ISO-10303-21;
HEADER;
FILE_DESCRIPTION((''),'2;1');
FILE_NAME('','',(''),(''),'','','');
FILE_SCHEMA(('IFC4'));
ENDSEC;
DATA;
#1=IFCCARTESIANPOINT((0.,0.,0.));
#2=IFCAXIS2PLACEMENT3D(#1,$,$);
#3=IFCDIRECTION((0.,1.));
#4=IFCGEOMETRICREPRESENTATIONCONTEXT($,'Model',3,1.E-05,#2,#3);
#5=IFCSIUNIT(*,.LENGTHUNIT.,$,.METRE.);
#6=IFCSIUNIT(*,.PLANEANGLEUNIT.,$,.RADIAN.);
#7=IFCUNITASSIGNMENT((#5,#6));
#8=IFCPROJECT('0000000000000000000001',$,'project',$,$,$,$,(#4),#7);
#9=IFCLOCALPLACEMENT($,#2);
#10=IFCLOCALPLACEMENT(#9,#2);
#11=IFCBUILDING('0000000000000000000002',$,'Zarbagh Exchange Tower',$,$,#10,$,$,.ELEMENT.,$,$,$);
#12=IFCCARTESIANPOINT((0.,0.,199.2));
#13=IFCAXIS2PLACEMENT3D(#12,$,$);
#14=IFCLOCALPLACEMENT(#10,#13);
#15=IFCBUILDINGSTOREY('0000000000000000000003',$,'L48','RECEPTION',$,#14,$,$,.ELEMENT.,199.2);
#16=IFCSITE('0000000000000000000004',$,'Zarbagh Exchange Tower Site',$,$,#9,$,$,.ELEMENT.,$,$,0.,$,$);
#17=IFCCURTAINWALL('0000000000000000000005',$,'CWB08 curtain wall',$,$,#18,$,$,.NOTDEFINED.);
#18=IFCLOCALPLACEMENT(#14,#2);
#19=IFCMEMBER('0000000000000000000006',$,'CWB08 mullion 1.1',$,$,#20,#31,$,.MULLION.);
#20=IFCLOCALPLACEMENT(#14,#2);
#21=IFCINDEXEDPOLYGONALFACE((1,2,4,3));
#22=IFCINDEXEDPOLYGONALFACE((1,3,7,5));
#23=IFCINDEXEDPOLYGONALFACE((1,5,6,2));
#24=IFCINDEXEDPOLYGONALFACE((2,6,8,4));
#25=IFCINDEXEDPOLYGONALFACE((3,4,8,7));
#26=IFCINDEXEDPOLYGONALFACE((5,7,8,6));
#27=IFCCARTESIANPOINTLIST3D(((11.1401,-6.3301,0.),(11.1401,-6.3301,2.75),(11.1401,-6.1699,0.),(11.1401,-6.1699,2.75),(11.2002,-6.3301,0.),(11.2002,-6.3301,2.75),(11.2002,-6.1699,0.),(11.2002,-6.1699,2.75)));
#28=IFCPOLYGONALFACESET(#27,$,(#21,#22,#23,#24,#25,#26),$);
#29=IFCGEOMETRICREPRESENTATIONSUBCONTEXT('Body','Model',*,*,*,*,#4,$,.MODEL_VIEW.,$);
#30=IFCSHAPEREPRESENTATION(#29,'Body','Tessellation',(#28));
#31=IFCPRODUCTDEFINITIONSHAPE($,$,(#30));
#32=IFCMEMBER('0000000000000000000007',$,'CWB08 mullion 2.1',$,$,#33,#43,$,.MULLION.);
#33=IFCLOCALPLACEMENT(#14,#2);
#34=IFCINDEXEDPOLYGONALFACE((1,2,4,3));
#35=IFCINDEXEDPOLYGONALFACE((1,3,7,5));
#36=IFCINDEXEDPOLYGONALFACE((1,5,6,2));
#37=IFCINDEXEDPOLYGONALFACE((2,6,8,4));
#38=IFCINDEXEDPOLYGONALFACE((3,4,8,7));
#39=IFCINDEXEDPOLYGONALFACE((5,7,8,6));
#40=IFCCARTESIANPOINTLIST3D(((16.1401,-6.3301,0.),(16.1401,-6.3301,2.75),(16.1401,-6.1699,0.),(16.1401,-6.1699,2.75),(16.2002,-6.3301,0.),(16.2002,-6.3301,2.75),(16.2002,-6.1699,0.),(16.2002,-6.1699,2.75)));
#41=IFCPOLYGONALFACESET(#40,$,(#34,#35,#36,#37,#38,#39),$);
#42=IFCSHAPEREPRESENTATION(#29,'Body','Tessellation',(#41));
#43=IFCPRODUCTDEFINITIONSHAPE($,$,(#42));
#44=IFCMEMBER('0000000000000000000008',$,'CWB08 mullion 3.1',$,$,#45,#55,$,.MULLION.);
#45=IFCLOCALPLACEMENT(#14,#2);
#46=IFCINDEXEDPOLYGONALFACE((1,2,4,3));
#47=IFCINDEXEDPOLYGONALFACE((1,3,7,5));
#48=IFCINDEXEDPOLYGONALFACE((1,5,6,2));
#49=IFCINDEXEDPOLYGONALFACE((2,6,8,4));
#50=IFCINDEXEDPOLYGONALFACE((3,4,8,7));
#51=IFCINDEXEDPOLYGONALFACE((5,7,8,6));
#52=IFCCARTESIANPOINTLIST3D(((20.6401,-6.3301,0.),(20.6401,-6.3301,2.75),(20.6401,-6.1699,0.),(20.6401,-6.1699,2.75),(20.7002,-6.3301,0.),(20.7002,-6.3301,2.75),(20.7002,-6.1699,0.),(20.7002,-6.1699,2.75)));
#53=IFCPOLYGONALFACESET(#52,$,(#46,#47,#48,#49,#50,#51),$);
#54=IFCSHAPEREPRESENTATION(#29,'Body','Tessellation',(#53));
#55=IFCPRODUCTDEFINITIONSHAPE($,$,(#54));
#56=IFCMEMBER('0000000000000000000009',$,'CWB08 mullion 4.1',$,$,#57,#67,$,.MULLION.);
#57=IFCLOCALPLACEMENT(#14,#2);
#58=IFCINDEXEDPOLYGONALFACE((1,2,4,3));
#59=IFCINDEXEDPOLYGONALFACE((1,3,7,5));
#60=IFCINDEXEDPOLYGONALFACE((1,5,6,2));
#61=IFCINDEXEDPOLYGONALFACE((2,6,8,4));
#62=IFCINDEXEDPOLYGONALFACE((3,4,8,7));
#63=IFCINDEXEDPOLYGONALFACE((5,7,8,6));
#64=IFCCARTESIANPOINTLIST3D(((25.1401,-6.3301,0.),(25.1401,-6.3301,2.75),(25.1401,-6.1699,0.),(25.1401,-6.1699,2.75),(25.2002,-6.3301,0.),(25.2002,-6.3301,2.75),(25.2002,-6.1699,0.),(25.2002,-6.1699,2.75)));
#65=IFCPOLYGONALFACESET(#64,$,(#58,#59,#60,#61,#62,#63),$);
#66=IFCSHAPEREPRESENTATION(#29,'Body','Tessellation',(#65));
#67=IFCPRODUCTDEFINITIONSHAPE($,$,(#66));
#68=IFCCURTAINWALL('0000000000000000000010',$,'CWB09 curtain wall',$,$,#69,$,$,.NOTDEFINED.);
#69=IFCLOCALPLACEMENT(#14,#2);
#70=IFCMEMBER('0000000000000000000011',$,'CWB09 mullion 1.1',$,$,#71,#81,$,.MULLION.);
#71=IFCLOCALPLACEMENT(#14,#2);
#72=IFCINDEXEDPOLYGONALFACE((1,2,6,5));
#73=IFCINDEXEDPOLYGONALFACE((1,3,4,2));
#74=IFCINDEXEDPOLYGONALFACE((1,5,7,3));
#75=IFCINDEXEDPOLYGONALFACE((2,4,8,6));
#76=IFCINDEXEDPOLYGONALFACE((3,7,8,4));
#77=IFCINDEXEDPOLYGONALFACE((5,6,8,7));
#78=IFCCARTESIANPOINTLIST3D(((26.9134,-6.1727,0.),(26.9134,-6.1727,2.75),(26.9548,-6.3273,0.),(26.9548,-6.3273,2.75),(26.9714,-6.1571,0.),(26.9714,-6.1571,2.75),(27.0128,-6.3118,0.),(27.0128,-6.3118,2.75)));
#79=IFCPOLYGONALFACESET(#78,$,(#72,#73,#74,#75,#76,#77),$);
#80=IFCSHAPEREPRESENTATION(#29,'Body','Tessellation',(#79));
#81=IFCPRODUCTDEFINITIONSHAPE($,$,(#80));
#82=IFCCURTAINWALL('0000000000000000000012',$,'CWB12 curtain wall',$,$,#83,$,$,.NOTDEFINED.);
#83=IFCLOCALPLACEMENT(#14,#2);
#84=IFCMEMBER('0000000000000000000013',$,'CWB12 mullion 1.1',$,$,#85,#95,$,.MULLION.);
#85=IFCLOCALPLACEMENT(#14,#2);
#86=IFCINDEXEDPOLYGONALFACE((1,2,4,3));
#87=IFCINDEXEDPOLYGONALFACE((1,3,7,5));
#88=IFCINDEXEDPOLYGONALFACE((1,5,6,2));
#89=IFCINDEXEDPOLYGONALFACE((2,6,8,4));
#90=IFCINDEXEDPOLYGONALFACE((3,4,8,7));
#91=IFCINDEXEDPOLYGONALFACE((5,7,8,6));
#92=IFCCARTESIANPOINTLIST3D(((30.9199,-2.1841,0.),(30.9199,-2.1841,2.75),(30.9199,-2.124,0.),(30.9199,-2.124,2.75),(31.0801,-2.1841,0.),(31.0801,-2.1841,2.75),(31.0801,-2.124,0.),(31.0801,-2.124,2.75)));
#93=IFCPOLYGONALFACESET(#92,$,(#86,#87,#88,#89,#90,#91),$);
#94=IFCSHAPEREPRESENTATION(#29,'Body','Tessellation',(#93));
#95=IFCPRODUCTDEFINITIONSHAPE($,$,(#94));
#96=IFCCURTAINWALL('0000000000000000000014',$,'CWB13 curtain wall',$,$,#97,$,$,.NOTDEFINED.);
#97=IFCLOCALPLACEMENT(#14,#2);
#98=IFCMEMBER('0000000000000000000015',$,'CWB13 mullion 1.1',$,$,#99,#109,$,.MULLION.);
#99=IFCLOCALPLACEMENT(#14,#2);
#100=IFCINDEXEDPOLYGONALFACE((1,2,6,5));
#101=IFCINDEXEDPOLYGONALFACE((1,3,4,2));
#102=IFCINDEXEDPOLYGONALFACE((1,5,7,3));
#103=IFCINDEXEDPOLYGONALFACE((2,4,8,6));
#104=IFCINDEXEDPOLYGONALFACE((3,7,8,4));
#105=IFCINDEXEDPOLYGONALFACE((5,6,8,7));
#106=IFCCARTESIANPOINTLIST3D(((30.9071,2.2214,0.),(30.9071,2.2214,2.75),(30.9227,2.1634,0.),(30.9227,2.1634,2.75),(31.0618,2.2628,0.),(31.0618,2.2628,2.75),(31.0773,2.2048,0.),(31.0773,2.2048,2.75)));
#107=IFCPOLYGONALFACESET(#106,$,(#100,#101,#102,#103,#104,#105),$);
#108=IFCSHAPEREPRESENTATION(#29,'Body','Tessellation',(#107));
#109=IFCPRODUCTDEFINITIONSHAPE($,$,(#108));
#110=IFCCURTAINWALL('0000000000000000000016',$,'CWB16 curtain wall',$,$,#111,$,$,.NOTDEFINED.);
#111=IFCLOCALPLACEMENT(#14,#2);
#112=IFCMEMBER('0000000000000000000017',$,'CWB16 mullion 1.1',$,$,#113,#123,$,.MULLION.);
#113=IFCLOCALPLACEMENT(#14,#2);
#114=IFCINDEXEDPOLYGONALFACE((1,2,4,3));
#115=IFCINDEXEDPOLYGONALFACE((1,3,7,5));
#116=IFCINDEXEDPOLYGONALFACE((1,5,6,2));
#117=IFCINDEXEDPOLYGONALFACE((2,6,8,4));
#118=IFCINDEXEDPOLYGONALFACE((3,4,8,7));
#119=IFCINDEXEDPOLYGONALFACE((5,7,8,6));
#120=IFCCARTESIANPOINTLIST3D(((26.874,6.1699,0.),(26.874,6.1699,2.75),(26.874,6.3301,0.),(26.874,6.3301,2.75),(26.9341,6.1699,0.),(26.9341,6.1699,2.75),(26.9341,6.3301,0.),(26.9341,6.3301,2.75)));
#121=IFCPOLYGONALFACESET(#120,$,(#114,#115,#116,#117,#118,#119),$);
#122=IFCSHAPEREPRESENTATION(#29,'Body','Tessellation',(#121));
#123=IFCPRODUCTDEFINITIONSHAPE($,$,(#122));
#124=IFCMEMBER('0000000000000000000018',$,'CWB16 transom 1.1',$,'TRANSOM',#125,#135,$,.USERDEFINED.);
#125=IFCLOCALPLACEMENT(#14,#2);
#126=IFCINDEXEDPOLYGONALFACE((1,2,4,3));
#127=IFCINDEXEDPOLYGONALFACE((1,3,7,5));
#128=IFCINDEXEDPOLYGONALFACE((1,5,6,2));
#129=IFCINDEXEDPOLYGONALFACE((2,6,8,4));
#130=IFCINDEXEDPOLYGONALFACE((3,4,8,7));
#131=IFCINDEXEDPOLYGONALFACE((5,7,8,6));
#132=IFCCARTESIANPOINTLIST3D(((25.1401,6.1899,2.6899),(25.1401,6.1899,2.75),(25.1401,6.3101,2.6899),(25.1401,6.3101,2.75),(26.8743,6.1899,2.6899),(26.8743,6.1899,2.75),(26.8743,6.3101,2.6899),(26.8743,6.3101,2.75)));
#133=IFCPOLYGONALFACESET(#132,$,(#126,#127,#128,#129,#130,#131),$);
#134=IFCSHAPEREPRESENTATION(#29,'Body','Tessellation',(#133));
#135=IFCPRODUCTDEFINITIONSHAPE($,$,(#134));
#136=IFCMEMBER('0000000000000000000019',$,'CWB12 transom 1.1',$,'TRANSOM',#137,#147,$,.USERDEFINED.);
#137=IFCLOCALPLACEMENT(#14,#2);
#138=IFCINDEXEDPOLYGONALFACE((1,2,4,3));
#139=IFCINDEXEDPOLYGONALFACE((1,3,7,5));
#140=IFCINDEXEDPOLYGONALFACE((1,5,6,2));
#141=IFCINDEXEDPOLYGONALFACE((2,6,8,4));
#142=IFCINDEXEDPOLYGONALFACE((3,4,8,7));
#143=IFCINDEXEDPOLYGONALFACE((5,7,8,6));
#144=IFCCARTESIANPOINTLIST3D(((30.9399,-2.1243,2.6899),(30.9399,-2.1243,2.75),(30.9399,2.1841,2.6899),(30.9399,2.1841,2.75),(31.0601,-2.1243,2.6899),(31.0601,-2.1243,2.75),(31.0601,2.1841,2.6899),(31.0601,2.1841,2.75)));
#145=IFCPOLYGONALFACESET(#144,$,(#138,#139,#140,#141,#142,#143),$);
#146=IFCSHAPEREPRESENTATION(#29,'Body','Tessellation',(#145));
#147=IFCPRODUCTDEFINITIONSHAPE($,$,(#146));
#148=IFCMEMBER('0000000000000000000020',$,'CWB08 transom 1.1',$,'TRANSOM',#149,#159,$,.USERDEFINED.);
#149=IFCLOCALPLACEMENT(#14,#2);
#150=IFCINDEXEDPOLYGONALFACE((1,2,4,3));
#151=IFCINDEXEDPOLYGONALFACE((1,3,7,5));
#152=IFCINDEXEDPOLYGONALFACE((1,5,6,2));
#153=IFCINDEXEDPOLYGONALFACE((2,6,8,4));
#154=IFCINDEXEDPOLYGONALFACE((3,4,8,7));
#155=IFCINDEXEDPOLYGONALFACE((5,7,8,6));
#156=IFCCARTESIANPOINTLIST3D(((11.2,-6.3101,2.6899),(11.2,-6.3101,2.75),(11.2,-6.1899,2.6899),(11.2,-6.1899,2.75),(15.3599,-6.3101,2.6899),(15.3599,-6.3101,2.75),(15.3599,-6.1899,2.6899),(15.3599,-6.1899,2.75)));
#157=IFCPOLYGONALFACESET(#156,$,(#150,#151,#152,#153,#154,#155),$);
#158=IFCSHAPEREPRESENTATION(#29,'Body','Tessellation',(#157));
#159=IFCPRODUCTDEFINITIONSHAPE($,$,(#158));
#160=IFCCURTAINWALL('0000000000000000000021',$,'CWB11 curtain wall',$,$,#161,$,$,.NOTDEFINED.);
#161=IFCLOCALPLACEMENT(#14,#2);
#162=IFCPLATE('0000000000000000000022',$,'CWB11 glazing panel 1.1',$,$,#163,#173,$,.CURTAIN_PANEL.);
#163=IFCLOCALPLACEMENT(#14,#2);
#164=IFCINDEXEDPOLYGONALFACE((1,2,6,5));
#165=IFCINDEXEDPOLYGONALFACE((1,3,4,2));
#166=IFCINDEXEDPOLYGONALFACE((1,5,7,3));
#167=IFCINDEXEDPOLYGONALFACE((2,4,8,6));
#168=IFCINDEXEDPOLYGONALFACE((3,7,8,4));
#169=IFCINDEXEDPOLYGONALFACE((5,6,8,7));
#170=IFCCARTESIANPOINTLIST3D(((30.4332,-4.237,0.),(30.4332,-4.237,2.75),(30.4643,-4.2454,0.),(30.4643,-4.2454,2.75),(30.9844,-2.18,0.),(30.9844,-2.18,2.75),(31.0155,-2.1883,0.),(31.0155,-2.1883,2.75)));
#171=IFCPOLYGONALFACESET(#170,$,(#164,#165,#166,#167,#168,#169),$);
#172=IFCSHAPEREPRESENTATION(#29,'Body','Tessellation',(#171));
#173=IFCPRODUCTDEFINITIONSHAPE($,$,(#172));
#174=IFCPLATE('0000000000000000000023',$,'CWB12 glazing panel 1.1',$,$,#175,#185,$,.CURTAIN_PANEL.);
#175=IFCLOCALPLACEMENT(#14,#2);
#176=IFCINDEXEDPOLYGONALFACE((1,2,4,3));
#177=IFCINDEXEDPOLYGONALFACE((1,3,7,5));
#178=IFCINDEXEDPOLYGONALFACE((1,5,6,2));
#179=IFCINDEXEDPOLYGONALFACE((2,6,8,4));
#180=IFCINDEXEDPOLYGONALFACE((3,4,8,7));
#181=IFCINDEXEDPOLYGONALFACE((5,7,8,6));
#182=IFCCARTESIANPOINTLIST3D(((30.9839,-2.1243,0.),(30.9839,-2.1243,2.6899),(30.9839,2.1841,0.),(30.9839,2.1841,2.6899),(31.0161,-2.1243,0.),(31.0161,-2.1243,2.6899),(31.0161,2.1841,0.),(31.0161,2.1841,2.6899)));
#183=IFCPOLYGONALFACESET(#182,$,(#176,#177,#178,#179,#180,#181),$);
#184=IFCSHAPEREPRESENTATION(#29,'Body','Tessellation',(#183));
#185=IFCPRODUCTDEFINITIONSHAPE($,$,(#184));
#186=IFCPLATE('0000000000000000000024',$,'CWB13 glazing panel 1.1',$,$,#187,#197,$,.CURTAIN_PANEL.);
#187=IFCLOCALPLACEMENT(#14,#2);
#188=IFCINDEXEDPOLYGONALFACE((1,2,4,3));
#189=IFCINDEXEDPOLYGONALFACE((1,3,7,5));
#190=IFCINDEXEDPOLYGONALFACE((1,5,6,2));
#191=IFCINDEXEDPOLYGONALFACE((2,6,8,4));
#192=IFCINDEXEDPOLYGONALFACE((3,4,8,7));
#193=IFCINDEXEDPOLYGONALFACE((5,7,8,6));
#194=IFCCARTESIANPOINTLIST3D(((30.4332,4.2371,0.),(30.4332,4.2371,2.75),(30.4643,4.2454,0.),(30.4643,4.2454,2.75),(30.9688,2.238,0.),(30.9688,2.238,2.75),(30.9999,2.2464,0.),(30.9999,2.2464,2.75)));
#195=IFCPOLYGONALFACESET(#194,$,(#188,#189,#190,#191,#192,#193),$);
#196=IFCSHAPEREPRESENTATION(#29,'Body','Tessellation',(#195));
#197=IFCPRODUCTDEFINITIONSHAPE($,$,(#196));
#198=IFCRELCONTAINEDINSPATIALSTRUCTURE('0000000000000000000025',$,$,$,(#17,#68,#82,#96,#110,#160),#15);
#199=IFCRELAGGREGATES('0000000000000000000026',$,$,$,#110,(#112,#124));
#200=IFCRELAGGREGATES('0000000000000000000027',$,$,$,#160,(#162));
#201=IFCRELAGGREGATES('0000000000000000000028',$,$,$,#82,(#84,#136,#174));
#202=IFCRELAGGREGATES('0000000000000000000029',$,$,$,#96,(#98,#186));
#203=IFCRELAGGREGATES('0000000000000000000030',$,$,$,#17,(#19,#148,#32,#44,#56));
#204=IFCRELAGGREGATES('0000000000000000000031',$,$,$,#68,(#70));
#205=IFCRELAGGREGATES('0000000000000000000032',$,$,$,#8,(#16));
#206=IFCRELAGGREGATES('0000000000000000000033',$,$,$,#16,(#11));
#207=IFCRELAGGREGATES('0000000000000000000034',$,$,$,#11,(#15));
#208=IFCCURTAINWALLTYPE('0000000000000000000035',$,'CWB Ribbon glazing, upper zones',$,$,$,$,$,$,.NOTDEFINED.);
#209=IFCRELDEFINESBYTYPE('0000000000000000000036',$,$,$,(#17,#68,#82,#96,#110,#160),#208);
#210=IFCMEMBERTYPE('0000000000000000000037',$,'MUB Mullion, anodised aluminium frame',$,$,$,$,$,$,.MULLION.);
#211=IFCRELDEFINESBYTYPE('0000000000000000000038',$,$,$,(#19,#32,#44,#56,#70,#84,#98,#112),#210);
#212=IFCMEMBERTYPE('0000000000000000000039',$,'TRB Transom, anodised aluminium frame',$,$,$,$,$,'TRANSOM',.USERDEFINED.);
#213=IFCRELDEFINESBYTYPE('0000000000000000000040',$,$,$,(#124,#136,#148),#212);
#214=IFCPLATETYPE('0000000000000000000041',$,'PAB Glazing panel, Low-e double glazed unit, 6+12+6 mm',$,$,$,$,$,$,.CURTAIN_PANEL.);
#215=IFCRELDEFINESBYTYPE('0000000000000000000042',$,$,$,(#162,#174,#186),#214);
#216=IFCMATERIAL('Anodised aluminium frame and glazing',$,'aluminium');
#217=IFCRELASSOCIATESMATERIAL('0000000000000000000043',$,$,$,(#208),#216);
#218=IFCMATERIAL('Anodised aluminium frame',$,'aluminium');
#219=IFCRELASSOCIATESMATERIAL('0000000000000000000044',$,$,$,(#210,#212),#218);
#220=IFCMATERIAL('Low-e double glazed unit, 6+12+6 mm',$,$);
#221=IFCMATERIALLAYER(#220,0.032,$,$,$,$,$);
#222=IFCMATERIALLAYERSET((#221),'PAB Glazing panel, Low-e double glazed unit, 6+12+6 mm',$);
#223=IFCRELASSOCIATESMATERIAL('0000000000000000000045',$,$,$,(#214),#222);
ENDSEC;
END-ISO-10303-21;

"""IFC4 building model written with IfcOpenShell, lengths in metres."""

from ifc_helpers import new_model, si_unit, direction, frame, origin, place, context, subcontext, project, spatial, polyline, outline, extrude, source, transform, mapped, material, layer, layer_set, type_object, element, aggregate, save


model = new_model("IFC4")

# Units and contexts
model_context = context("Model", 3, precision=1e-05, world=origin(), true_north=direction((0.0, 1.0)))
body_context = subcontext(model_context, "Body", "Model", "MODEL_VIEW")
ifc_project = project(units=[si_unit("LENGTHUNIT", "METRE"), si_unit("PLANEANGLEUNIT", "RADIAN")], contexts=[model_context])

# Site, building, storey
site_placement = place(None, origin())
site = spatial("IfcSite", under=ifc_project, at=site_placement, Name="Zarbagh Exchange Tower Site", CompositionType="ELEMENT", RefElevation=0.0)
building_placement = place(site_placement, origin())
building = spatial("IfcBuilding", under=site, at=building_placement, Name="Zarbagh Exchange Tower", CompositionType="ELEMENT")
storey_placement = place(building_placement, frame((0.0, 0.0, 199.2)))
storey = spatial("IfcBuildingStorey", under=building, at=storey_placement, Name="L48", Description="RECEPTION", CompositionType="ELEMENT", Elevation=199.2)

# Curtain wall, members
ifc_material_1 = material(Name="Anodised aluminium frame and glazing", Category="aluminium")
curtain_wall_type = type_object("IfcCurtainWallType", Name="CWB Ribbon glazing, upper zones", PredefinedType="NOTDEFINED", material=ifc_material_1)
curtain_wall_1_placement = place(storey_placement, origin())
curtain_wall_1 = element("IfcCurtainWall", 1, at=curtain_wall_1_placement, inside=storey, type_object=curtain_wall_type, Name="CWB08 curtain wall", PredefinedType="NOTDEFINED")
ifc_material_2 = material(Name="Anodised aluminium frame", Category="aluminium")
member_type_1 = type_object("IfcMemberType", Name="MUB Mullion, anodised aluminium frame", PredefinedType="MULLION", material=ifc_material_2)
shared_shape_1 = source(origin(), body_context, "Body", "SweptSolid", [
    extrude(outline(polyline([(0.0, -0.0801), (0.0601, -0.0801), (0.0601, 0.0801), (0.0, 0.0801), (0.0, -0.0801)])), origin(), (0.0, 0.0, 1.0), 2.75),
])
placement = place(storey_placement, origin())
member_1 = element("IfcMember", 2, at=placement, type_object=member_type_1, Name="CWB08 mullion 1.1", PredefinedType="MULLION", context=body_context, shape_type="MappedRepresentation", body=[
    mapped(shared_shape_1, transform((11.1401, -6.25, 0.0), x_axis=(1.0, 0.0, 0.0), y_axis=(0.0, 1.0, 0.0), z_axis=(0.0, 0.0, 1.0))),
])
member_2 = element("IfcMember", 3, at=placement, type_object=member_type_1, Name="CWB08 mullion 2.1", PredefinedType="MULLION", context=body_context, shape_type="MappedRepresentation", body=[
    mapped(shared_shape_1, transform((16.1401, -6.25, 0.0), x_axis=(1.0, 0.0, 0.0), y_axis=(0.0, 1.0, 0.0), z_axis=(0.0, 0.0, 1.0))),
])
member_3 = element("IfcMember", 4, at=placement, type_object=member_type_1, Name="CWB08 mullion 3.1", PredefinedType="MULLION", context=body_context, shape_type="MappedRepresentation", body=[
    mapped(shared_shape_1, transform((20.6401, -6.25, 0.0), x_axis=(1.0, 0.0, 0.0), y_axis=(0.0, 1.0, 0.0), z_axis=(0.0, 0.0, 1.0))),
])
member_4 = element("IfcMember", 5, at=placement, type_object=member_type_1, Name="CWB08 mullion 4.1", PredefinedType="MULLION", context=body_context, shape_type="MappedRepresentation", body=[
    mapped(shared_shape_1, transform((25.1401, -6.25, 0.0), x_axis=(1.0, 0.0, 0.0), y_axis=(0.0, 1.0, 0.0), z_axis=(0.0, 0.0, 1.0))),
])

# Curtain walls, members
curtain_wall_2_placement = place(storey_placement, origin())
curtain_wall_2 = element("IfcCurtainWall", 6, at=curtain_wall_2_placement, inside=storey, type_object=curtain_wall_type, Name="CWB09 curtain wall", PredefinedType="NOTDEFINED")
member_5 = element("IfcMember", 7, at=placement, type_object=member_type_1, Name="CWB09 mullion 1.1", PredefinedType="MULLION", context=body_context, shape_type="MappedRepresentation", body=[
    mapped(shared_shape_1, transform((26.9341, -6.25, 0.0), x_axis=(0.965924, 0.258825, 0.0), y_axis=(-0.258825, 0.965924, 0.0), z_axis=(0.0, 0.0, 1.0))),
])
curtain_wall_3_placement = place(storey_placement, origin())
curtain_wall_3 = element("IfcCurtainWall", 8, at=curtain_wall_3_placement, inside=storey, type_object=curtain_wall_type, Name="CWB12 curtain wall", PredefinedType="NOTDEFINED")
member_6 = element("IfcMember", 9, at=placement, type_object=member_type_1, Name="CWB12 mullion 1.1", PredefinedType="MULLION", context=body_context, shape_type="MappedRepresentation", body=[
    mapped(shared_shape_1, transform((31.0, -2.1841, 0.0), x_axis=(0.0, 1.0, 0.0), y_axis=(-1.0, 0.0, 0.0), z_axis=(0.0, 0.0, 1.0))),
])
curtain_wall_4_placement = place(storey_placement, origin())
curtain_wall_4 = element("IfcCurtainWall", 10, at=curtain_wall_4_placement, inside=storey, type_object=curtain_wall_type, Name="CWB13 curtain wall", PredefinedType="NOTDEFINED")
member_7 = element("IfcMember", 11, at=placement, type_object=member_type_1, Name="CWB13 mullion 1.1", PredefinedType="MULLION", context=body_context, shape_type="MappedRepresentation", body=[
    mapped(shared_shape_1, transform((31.0, 2.1841, 0.0), x_axis=(-0.258825, 0.965924, 0.0), y_axis=(-0.965924, -0.258825, 0.0), z_axis=(0.0, 0.0, 1.0))),
])

# Curtain wall, members
curtain_wall_5_placement = place(storey_placement, origin())
curtain_wall_5 = element("IfcCurtainWall", 12, at=curtain_wall_5_placement, inside=storey, type_object=curtain_wall_type, Name="CWB16 curtain wall", PredefinedType="NOTDEFINED")
member_8 = element("IfcMember", 13, at=placement, type_object=member_type_1, Name="CWB16 mullion 1.1", PredefinedType="MULLION", context=body_context, shape_type="MappedRepresentation", body=[
    mapped(shared_shape_1, transform((26.9341, 6.25, 0.0), x_axis=(-1.0, 0.0, 0.0), y_axis=(0.0, -1.0, 0.0), z_axis=(0.0, 0.0, 1.0))),
])
member_type_2 = type_object("IfcMemberType", Name="TRB Transom, anodised aluminium frame", ElementType="TRANSOM", PredefinedType="USERDEFINED", material=ifc_material_2)
shared_shape_2 = source(origin(), body_context, "Body", "SweptSolid", [
    extrude(outline(polyline([(-0.0601, -0.0601), (0.0, -0.0601), (0.0, 0.0601), (-0.0601, 0.0601), (-0.0601, -0.0601)])), origin(), (0.0, 0.0, 1.0), 1.7341),
])
member_9 = element("IfcMember", 14, at=placement, type_object=member_type_2, Name="CWB16 transom 1.1", ObjectType="TRANSOM", PredefinedType="USERDEFINED", context=body_context, shape_type="MappedRepresentation", body=[
    mapped(shared_shape_2, transform((26.8743, 6.25, 2.75), x_axis=(0.0, 0.0, 1.0), y_axis=(0.0, 1.0, 0.0), z_axis=(-1.0, 0.0, 0.0))),
])
aggregate(curtain_wall_5, [member_8, member_9])

# Members
shared_shape_3 = source(origin(), body_context, "Body", "SweptSolid", [
    extrude(outline(polyline([(-0.0601, -0.0601), (0.0, -0.0601), (0.0, 0.0601), (-0.0601, 0.0601), (-0.0601, -0.0601)])), origin(), (0.0, 0.0, 1.0), 4.3083),
])
member_10 = element("IfcMember", 15, at=placement, type_object=member_type_2, Name="CWB12 transom 1.1", ObjectType="TRANSOM", PredefinedType="USERDEFINED", context=body_context, shape_type="MappedRepresentation", body=[
    mapped(shared_shape_3, transform((31.0, -2.1243, 2.75), x_axis=(0.0, 0.0, 1.0), y_axis=(1.0, 0.0, 0.0), z_axis=(0.0, 1.0, 0.0))),
])
shared_shape_4 = source(origin(), body_context, "Body", "SweptSolid", [
    extrude(outline(polyline([(-0.0601, -0.0601), (0.0, -0.0601), (0.0, 0.0601), (-0.0601, 0.0601), (-0.0601, -0.0601)])), origin(), (0.0, 0.0, 1.0), 4.1599),
])
member_11 = element("IfcMember", 16, at=placement, type_object=member_type_2, Name="CWB08 transom 1.1", ObjectType="TRANSOM", PredefinedType="USERDEFINED", context=body_context, shape_type="MappedRepresentation", body=[
    mapped(shared_shape_4, transform((11.2, -6.25, 2.75), x_axis=(0.0, 0.0, 1.0), y_axis=(0.0, -1.0, 0.0), z_axis=(1.0, 0.0, 0.0))),
])

# Curtain wall, plate
curtain_wall_6_placement = place(storey_placement, origin())
curtain_wall_6 = element("IfcCurtainWall", 17, at=curtain_wall_6_placement, inside=storey, type_object=curtain_wall_type, Name="CWB11 curtain wall", PredefinedType="NOTDEFINED")
ifc_material_3 = material(Name="Low-e double glazed unit, 6+12+6 mm")
ifc_layer = layer(ifc_material_3, 0.032)
ifc_layer_set = layer_set([ifc_layer], Name="PAB Glazing panel, Low-e double glazed unit, 6+12+6 mm")
plate_type = type_object("IfcPlateType", Name="PAB Glazing panel, Low-e double glazed unit, 6+12+6 mm", PredefinedType="CURTAIN_PANEL", material=ifc_layer_set)
shared_shape_5 = source(origin(), body_context, "Body", "SweptSolid", [
    extrude(outline(polyline([(0.0, -0.0161), (2.1296, -0.0161), (2.1296, 0.0161), (0.0, 0.0161), (0.0, -0.0161)])), origin(), (0.0, 0.0, 1.0), 2.75),
])
plate_1 = element("IfcPlate", 18, at=placement, type_object=plate_type, Name="CWB11 glazing panel 1.1", PredefinedType="CURTAIN_PANEL", context=body_context, shape_type="MappedRepresentation", body=[
    mapped(shared_shape_5, transform((30.4487, -4.2412, 0.0), x_axis=(0.258825, 0.965924, 0.0), y_axis=(-0.965924, 0.258825, 0.0), z_axis=(0.0, 0.0, 1.0))),
])
aggregate(curtain_wall_6, [plate_1])

# Plates
shared_shape_6 = source(origin(), body_context, "Body", "SweptSolid", [
    extrude(outline(polyline([(0.0, -0.0161), (4.3083, -0.0161), (4.3083, 0.0161), (0.0, 0.0161), (0.0, -0.0161)])), origin(), (0.0, 0.0, 1.0), 2.6899),
])
plate_2 = element("IfcPlate", 19, at=placement, type_object=plate_type, Name="CWB12 glazing panel 1.1", PredefinedType="CURTAIN_PANEL", context=body_context, shape_type="MappedRepresentation", body=[
    mapped(shared_shape_6, transform((31.0, -2.1243, 0.0), x_axis=(0.0, 1.0, 0.0), y_axis=(-1.0, 0.0, 0.0), z_axis=(0.0, 0.0, 1.0))),
])
aggregate(curtain_wall_3, [member_6, member_10, plate_2])
shared_shape_7 = source(origin(), body_context, "Body", "SweptSolid", [
    extrude(outline(polyline([(0.0, -0.0161), (2.0696, -0.0161), (2.0696, 0.0161), (0.0, 0.0161), (0.0, -0.0161)])), origin(), (0.0, 0.0, 1.0), 2.75),
])
plate_3 = element("IfcPlate", 20, at=placement, type_object=plate_type, Name="CWB13 glazing panel 1.1", PredefinedType="CURTAIN_PANEL", context=body_context, shape_type="MappedRepresentation", body=[
    mapped(shared_shape_7, transform((30.9844, 2.2422, 0.0), x_axis=(-0.258825, 0.965924, 0.0), y_axis=(-0.965924, -0.258825, 0.0), z_axis=(0.0, 0.0, 1.0))),
])
aggregate(curtain_wall_4, [member_7, plate_3])

aggregate(curtain_wall_1, [member_1, member_11, member_2, member_3, member_4])
aggregate(curtain_wall_2, [member_5])

save(model, "model.ifc")
